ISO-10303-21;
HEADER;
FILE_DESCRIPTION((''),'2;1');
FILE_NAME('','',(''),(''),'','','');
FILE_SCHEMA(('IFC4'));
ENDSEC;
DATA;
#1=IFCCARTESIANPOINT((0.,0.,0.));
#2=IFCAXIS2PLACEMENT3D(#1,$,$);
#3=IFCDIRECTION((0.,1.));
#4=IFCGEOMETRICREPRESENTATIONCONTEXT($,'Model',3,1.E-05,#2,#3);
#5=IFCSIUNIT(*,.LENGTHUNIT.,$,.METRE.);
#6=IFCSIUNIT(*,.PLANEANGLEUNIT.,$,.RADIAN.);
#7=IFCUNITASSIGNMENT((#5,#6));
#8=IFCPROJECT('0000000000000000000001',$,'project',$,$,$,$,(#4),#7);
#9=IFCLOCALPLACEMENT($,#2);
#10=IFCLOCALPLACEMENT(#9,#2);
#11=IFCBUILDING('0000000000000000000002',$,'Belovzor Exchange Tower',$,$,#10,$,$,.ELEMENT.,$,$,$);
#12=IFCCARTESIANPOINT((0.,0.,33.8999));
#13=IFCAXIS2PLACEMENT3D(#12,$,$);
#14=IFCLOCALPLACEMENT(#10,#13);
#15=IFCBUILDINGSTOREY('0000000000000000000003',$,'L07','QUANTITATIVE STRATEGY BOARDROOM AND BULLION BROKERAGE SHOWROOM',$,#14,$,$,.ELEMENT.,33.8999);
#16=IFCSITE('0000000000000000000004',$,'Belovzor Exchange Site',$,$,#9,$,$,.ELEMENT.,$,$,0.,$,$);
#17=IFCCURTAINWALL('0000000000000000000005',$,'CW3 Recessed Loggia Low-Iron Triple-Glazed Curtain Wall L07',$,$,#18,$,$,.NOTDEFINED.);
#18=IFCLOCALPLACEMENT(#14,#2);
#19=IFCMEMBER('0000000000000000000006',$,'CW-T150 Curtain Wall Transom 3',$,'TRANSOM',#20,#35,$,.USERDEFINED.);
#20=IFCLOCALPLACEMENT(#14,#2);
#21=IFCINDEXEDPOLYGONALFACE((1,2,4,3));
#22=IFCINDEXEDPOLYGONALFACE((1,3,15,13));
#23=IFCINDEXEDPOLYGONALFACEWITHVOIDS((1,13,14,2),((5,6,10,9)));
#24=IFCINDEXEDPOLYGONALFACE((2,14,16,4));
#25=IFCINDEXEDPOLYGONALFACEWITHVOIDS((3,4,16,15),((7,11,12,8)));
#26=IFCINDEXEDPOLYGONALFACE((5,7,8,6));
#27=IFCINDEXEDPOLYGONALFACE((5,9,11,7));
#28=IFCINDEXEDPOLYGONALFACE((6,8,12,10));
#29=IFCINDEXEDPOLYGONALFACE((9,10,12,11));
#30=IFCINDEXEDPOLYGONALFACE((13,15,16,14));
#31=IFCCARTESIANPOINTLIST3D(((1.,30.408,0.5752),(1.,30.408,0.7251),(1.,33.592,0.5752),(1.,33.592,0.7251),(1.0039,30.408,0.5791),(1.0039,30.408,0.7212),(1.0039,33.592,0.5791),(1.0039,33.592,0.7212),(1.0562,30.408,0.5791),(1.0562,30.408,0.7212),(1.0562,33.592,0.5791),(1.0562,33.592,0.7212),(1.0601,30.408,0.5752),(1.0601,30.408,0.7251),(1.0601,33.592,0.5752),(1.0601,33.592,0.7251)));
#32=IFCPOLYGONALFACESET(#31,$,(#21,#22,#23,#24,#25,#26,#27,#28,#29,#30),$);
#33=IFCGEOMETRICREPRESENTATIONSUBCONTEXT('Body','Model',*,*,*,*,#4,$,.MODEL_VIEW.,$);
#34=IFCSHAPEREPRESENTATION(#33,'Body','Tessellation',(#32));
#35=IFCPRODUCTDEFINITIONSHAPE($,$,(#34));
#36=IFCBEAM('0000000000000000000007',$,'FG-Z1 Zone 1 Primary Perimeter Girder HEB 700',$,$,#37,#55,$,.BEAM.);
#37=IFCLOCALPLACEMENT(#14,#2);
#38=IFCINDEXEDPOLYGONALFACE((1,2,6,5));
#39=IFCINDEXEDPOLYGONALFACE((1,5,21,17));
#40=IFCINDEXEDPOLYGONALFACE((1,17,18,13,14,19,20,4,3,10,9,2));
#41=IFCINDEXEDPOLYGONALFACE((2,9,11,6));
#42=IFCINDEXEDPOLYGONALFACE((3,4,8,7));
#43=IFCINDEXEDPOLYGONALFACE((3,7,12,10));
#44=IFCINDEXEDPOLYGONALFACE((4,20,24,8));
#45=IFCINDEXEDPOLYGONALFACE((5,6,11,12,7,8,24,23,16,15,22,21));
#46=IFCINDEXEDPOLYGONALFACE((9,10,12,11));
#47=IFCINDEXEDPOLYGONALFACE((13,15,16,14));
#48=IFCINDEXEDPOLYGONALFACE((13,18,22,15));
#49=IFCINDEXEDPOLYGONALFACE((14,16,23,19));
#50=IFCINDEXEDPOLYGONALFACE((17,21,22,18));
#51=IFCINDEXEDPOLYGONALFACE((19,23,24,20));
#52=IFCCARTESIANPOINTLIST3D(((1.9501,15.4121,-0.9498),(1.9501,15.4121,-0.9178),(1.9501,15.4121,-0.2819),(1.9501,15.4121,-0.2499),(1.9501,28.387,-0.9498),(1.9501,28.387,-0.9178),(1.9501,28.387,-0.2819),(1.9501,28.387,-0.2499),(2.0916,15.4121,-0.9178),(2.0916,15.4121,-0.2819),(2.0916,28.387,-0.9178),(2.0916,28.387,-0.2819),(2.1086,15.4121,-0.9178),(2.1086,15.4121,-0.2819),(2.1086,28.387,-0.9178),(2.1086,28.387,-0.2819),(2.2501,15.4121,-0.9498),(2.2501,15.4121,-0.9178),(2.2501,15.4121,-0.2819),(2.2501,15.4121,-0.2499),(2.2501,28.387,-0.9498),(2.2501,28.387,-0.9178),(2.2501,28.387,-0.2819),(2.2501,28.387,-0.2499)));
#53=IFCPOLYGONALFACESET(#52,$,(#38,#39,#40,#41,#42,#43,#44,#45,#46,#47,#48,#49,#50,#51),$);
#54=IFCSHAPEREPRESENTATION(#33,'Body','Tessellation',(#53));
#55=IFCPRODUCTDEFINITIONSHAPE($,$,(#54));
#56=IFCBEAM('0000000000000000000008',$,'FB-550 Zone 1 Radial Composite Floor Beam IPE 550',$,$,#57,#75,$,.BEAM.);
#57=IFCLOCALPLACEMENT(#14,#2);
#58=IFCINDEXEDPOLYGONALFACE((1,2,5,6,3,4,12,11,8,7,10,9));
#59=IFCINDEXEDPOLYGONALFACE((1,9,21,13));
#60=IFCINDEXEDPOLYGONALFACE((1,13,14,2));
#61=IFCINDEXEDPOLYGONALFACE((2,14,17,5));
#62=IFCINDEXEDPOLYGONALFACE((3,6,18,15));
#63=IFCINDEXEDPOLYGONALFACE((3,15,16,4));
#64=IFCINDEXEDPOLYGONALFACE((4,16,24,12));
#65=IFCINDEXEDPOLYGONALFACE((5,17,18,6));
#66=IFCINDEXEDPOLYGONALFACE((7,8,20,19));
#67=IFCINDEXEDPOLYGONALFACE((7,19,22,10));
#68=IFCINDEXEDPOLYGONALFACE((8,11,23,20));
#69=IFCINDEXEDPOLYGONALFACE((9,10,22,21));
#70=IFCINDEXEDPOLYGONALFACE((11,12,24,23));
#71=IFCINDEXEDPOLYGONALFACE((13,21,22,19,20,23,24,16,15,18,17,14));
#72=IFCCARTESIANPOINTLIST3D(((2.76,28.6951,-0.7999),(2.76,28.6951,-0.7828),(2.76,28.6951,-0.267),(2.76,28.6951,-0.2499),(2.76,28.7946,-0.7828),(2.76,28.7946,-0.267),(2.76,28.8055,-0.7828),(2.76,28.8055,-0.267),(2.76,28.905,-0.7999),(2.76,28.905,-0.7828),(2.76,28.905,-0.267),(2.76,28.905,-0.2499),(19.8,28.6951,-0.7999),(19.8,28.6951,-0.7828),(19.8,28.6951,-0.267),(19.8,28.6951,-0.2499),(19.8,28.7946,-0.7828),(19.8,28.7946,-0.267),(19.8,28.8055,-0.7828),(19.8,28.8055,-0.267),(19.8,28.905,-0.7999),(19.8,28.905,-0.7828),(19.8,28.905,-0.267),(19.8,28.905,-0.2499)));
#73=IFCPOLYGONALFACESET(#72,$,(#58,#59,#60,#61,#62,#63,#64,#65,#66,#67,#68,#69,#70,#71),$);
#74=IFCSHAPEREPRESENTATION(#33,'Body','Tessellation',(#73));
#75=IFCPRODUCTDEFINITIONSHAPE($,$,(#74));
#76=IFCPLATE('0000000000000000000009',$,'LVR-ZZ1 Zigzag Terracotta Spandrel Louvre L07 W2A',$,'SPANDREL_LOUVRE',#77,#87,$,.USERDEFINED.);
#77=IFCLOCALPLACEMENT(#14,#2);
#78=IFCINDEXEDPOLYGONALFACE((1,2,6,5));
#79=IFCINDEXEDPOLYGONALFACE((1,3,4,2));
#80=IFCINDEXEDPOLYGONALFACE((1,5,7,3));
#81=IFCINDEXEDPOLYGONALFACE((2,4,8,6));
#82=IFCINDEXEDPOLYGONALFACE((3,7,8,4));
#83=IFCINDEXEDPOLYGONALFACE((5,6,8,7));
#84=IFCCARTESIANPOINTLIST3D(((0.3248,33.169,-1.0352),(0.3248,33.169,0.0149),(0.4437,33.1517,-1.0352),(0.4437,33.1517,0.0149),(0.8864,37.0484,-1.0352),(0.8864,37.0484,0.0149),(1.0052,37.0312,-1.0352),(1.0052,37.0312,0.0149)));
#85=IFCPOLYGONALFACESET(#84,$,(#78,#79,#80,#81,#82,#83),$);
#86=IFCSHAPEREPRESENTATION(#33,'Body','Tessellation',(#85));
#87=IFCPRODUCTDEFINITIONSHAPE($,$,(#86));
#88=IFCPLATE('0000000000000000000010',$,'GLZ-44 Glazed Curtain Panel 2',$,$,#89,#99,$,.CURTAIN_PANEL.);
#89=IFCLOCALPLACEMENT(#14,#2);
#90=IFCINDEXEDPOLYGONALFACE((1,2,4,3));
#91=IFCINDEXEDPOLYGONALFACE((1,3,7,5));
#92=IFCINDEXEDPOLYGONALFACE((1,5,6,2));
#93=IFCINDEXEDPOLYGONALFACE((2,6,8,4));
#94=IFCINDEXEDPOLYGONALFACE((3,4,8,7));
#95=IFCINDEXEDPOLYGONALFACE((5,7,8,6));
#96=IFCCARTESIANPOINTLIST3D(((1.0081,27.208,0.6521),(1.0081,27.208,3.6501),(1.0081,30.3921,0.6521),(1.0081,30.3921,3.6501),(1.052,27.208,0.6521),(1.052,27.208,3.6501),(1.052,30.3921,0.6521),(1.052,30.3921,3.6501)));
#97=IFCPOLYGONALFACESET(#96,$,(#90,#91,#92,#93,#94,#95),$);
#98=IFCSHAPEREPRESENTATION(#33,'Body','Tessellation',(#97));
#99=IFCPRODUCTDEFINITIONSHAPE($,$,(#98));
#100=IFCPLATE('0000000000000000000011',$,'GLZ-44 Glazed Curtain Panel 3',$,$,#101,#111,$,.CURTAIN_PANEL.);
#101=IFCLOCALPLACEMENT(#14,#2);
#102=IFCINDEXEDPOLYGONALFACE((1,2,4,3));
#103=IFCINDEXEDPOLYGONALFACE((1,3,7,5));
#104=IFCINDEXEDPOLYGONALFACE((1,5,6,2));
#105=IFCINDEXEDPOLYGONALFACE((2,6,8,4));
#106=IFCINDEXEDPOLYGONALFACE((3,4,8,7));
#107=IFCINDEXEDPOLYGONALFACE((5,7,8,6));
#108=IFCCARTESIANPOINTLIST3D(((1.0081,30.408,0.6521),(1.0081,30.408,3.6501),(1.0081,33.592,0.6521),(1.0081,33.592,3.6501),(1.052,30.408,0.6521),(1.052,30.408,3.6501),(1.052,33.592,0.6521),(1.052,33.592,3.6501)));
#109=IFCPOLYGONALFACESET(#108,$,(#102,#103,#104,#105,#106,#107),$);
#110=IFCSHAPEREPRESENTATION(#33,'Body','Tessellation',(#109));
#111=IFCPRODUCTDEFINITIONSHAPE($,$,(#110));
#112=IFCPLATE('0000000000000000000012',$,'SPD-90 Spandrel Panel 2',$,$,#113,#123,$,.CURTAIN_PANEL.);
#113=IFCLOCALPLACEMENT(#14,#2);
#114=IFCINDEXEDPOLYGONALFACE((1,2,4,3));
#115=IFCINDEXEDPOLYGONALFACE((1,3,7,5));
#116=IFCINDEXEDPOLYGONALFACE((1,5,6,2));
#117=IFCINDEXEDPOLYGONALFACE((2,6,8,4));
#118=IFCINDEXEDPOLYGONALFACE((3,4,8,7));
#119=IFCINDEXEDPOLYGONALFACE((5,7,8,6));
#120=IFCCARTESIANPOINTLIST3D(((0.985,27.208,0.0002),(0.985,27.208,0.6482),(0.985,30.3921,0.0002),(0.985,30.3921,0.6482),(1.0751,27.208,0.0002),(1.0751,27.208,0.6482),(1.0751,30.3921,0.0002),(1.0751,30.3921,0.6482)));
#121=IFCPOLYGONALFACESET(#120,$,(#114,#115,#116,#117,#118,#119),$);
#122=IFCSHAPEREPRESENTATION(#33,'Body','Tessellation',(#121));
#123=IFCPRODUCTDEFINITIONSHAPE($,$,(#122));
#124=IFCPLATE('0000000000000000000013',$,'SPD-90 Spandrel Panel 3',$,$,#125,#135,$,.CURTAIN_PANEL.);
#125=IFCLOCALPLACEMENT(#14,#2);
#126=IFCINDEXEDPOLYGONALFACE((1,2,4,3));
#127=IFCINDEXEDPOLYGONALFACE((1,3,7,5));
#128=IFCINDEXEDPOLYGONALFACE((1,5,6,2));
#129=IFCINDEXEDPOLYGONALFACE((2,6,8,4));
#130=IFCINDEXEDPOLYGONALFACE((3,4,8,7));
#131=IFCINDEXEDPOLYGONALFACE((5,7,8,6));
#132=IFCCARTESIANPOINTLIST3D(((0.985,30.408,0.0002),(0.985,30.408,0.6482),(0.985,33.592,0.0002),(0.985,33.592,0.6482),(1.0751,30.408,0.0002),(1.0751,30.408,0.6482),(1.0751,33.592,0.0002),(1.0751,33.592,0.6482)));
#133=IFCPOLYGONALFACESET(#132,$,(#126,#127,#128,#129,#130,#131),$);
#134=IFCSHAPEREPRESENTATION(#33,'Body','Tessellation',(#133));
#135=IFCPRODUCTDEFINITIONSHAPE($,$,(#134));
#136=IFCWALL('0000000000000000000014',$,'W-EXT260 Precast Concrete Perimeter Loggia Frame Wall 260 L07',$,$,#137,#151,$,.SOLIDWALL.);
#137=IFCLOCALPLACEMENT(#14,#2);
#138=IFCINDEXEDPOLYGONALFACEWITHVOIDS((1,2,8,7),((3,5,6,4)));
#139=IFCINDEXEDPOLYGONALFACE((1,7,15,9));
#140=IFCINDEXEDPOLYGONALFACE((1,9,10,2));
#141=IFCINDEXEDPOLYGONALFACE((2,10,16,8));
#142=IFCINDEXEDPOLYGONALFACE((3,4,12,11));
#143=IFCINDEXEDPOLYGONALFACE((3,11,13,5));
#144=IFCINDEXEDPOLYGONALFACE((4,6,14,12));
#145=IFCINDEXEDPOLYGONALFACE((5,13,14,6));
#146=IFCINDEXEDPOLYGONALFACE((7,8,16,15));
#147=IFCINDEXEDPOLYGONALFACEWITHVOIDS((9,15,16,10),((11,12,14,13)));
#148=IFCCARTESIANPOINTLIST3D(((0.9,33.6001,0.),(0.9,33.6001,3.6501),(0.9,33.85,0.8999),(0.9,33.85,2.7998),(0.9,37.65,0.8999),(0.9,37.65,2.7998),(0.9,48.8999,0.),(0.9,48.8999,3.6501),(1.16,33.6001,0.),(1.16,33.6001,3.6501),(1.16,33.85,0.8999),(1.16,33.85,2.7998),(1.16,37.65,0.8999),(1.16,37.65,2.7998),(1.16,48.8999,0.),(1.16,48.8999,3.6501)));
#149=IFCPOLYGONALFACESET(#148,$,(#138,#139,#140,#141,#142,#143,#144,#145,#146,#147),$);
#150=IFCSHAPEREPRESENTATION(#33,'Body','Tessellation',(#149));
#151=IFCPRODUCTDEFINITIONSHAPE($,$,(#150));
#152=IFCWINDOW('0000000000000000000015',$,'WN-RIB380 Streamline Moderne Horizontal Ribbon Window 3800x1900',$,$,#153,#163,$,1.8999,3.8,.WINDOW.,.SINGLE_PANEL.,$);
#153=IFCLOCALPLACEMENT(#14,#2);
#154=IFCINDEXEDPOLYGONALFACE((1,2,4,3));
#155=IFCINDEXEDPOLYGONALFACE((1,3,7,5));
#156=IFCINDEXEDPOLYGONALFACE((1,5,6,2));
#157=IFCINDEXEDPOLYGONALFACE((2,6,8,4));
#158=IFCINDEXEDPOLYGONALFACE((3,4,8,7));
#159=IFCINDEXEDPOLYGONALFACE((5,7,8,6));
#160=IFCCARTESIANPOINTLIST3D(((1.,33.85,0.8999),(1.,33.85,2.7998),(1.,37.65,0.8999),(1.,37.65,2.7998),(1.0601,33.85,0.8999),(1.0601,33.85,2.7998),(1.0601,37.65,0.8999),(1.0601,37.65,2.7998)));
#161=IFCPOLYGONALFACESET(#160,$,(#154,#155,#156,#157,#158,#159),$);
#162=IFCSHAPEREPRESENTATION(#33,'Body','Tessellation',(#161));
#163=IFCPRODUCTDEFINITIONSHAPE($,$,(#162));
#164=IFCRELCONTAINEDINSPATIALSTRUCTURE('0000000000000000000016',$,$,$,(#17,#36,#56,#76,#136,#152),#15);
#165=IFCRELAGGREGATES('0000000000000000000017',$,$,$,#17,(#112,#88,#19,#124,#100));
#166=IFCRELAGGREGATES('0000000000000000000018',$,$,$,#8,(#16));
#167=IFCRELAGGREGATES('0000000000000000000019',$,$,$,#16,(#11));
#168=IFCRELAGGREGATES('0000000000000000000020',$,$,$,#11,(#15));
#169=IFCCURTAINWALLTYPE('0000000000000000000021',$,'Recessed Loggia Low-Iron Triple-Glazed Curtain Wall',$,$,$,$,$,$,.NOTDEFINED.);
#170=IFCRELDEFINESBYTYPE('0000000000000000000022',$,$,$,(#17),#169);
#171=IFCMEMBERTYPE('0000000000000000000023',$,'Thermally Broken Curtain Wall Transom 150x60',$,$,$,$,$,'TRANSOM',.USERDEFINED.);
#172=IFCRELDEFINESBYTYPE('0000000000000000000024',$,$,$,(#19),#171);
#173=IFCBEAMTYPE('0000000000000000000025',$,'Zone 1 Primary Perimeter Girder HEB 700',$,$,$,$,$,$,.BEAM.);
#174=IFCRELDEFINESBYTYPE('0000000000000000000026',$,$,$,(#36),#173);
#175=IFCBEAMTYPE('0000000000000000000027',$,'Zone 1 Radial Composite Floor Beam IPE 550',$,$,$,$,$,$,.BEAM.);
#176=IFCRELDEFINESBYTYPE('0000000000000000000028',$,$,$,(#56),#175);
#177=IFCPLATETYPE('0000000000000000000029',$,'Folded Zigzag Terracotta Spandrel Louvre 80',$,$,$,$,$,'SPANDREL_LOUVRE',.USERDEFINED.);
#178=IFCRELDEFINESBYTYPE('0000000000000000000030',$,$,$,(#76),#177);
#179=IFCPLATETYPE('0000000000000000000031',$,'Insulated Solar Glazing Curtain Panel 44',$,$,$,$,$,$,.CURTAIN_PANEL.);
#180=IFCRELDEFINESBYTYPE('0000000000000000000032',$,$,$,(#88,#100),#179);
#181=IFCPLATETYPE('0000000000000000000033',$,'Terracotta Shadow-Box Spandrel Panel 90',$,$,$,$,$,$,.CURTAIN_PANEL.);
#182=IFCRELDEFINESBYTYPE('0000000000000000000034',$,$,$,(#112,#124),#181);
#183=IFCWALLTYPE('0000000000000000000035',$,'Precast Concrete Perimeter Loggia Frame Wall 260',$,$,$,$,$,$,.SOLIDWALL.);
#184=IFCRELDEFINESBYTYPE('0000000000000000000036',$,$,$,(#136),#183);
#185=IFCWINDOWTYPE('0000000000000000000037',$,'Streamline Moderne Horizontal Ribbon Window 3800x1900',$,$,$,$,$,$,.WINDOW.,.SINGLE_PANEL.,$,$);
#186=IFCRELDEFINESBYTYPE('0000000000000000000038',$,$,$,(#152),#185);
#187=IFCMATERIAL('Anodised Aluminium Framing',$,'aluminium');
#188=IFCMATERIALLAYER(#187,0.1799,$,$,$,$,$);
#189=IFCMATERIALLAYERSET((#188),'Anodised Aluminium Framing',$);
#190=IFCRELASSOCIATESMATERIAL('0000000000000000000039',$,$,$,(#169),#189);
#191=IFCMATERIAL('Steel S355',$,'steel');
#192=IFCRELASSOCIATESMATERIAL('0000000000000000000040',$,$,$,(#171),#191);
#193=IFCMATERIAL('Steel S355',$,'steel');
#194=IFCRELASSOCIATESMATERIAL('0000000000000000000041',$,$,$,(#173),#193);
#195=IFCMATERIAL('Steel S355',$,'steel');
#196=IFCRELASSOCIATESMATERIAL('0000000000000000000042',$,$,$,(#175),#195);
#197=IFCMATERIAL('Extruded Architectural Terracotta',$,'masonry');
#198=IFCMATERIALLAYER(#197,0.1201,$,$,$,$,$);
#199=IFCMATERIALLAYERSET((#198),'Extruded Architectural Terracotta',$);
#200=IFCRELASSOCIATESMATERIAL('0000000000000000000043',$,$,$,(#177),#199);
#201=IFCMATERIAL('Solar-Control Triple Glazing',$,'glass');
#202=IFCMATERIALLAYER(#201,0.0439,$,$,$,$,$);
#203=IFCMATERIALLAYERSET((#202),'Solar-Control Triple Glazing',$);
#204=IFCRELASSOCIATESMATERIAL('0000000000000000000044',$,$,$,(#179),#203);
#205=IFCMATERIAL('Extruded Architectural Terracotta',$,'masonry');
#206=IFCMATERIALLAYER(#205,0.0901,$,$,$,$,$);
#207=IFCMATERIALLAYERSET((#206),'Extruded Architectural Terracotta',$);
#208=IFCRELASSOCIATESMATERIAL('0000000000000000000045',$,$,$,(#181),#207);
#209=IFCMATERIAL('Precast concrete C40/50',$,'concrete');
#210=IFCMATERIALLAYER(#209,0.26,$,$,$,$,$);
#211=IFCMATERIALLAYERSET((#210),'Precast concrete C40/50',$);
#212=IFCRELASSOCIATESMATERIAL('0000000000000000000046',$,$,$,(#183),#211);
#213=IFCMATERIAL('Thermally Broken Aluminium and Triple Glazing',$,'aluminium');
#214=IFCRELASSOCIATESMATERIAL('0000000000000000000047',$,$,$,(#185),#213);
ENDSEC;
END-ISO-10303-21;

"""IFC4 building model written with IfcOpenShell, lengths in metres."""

from ifc_helpers import new_model, si_unit, direction, frame, frame_2d, origin, origin_2d, place, context, subcontext, project, spatial, rectangle, hollow_rectangle, i_section, extrude, material, layer, layer_set, material_profile, profile_set, type_object, element, fill, aggregate, save


model = new_model("IFC4")

# Units and contexts
model_context = context("Model", 3, precision=1e-05, world=origin(), true_north=direction((0.0, 1.0)))
body_context = subcontext(model_context, "Body", "Model", "MODEL_VIEW")
ifc_project = project(units=[si_unit("LENGTHUNIT", "METRE"), si_unit("PLANEANGLEUNIT", "RADIAN")], contexts=[model_context])

# Site, building, storey
site_placement = place(None, origin())
site = spatial("IfcSite", under=ifc_project, at=site_placement, Name="Belovzor Exchange Site", CompositionType="ELEMENT", RefElevation=0.0)
building_placement = place(site_placement, origin())
building = spatial("IfcBuilding", under=site, at=building_placement, Name="Belovzor Exchange Tower", CompositionType="ELEMENT")
storey_placement = place(building_placement, frame((0.0, 0.0, 33.8999)))
storey = spatial("IfcBuildingStorey", under=building, at=storey_placement, Name="L07", Description="QUANTITATIVE STRATEGY BOARDROOM AND BULLION BROKERAGE SHOWROOM", CompositionType="ELEMENT", Elevation=33.8999)

# Curtain wall, member
ifc_material_1 = material(Name="Anodised Aluminium Framing", Category="aluminium")
ifc_layer_1 = layer(ifc_material_1, 0.1799)
ifc_layer_set_1 = layer_set([ifc_layer_1], Name="Anodised Aluminium Framing")
curtain_wall_type = type_object("IfcCurtainWallType", Name="Recessed Loggia Low-Iron Triple-Glazed Curtain Wall", PredefinedType="NOTDEFINED", material=ifc_layer_set_1)
curtain_wall_placement = place(storey_placement, origin())
curtain_wall = element("IfcCurtainWall", 1, at=curtain_wall_placement, inside=storey, type_object=curtain_wall_type, Name="CW3 Recessed Loggia Low-Iron Triple-Glazed Curtain Wall L07", PredefinedType="NOTDEFINED")
ifc_material_2 = material(Name="Steel S355", Category="steel")
ifc_material_profile_1 = material_profile(ifc_material_2, hollow_rectangle(XDim=0.0601, YDim=0.1499, WallThickness=0.0039, at=origin_2d()))
ifc_profile_set_1 = profile_set([ifc_material_profile_1], Name="Steel S355")
member_type_1 = type_object("IfcMemberType", Name="Thermally Broken Curtain Wall Transom 150x60", ElementType="TRANSOM", PredefinedType="USERDEFINED", material=ifc_profile_set_1)
member_1_placement = place(storey_placement, frame((1.03, 30.408, 0.6501), z_axis=(0.0, 1.0, 0.0), x_axis=(-1.0, 0.0, 0.0)))
member_1 = element("IfcMember", 2, at=member_1_placement, type_object=member_type_1, Name="CW-T150 Curtain Wall Transom 3", ObjectType="TRANSOM", PredefinedType="USERDEFINED", context=body_context, shape_type="SweptSolid", body=[
    extrude(hollow_rectangle(XDim=0.0601, YDim=0.1499, WallThickness=0.0039, at=origin_2d()), origin(), (0.0, 0.0, 1.0), 3.1841),
])

# Beams
ifc_material_3 = material(Name="Steel S355", Category="steel")
ifc_material_profile_2 = material_profile(ifc_material_3, i_section(OverallWidth=0.3, OverallDepth=0.7, WebThickness=0.0171, FlangeThickness=0.032, at=origin_2d()))
ifc_profile_set_2 = profile_set([ifc_material_profile_2], Name="Steel S355")
beam_type_1 = type_object("IfcBeamType", Name="Zone 1 Primary Perimeter Girder HEB 700", PredefinedType="BEAM", material=ifc_profile_set_2)
beam_1_placement = place(storey_placement, frame((2.1001, 28.387, -0.5999), z_axis=(0.0, -1.0, 0.0), x_axis=(1.0, 0.0, 0.0)))
element("IfcBeam", 3, at=beam_1_placement, inside=storey, type_object=beam_type_1, Name="FG-Z1 Zone 1 Primary Perimeter Girder HEB 700", PredefinedType="BEAM", context=body_context, shape_type="SweptSolid", body=[
    extrude(i_section(OverallWidth=0.3, OverallDepth=0.7, WebThickness=0.0171, FlangeThickness=0.032, at=origin_2d()), origin(), (0.0, 0.0, 1.0), 12.9749),
])
ifc_material_4 = material(Name="Steel S355", Category="steel")
ifc_material_profile_3 = material_profile(ifc_material_4, i_section(OverallWidth=0.21, OverallDepth=0.55, WebThickness=0.011, FlangeThickness=0.0171, at=origin_2d()))
ifc_profile_set_3 = profile_set([ifc_material_profile_3], Name="Steel S355")
beam_type_2 = type_object("IfcBeamType", Name="Zone 1 Radial Composite Floor Beam IPE 550", PredefinedType="BEAM", material=ifc_profile_set_3)
beam_2_placement = place(storey_placement, frame((19.8, 28.8, -0.5249), z_axis=(-1.0, 0.0, 0.0), x_axis=(0.0, -1.0, 0.0)))
element("IfcBeam", 4, at=beam_2_placement, inside=storey, type_object=beam_type_2, Name="FB-550 Zone 1 Radial Composite Floor Beam IPE 550", PredefinedType="BEAM", context=body_context, shape_type="SweptSolid", body=[
    extrude(i_section(OverallWidth=0.21, OverallDepth=0.55, WebThickness=0.011, FlangeThickness=0.0171, at=origin_2d()), origin(), (0.0, 0.0, 1.0), 17.04),
])

# Plates
ifc_material_5 = material(Name="Extruded Architectural Terracotta", Category="masonry")
ifc_layer_2 = layer(ifc_material_5, 0.1201)
ifc_layer_set_2 = layer_set([ifc_layer_2], Name="Extruded Architectural Terracotta")
plate_type_1 = type_object("IfcPlateType", Name="Folded Zigzag Terracotta Spandrel Louvre 80", ElementType="SPANDREL_LOUVRE", PredefinedType="USERDEFINED", material=ifc_layer_set_2)
plate_1_placement = place(storey_placement, frame((0.665, 35.1001, -1.0352), z_axis=(0.0, 0.0, 1.0), x_axis=(0.143251, 0.989686, 0.0)))
element("IfcPlate", 5, at=plate_1_placement, inside=storey, type_object=plate_type_1, Name="LVR-ZZ1 Zigzag Terracotta Spandrel Louvre L07 W2A", ObjectType="SPANDREL_LOUVRE", PredefinedType="USERDEFINED", context=body_context, shape_type="SweptSolid", body=[
    extrude(rectangle(XDim=3.9199, YDim=0.1201, at=origin_2d()), origin(), (0.0, 0.0, 1.0), 1.05),
])
ifc_material_6 = material(Name="Solar-Control Triple Glazing", Category="glass")
ifc_layer_3 = layer(ifc_material_6, 0.0439)
ifc_layer_set_3 = layer_set([ifc_layer_3], Name="Solar-Control Triple Glazing")
plate_type_2 = type_object("IfcPlateType", Name="Insulated Solar Glazing Curtain Panel 44", PredefinedType="CURTAIN_PANEL", material=ifc_layer_set_3)
plate_2_placement = place(storey_placement, frame((1.03, 28.8, 0.6521), z_axis=(0.0, 0.0, 1.0), x_axis=(0.0, 1.0, 0.0)))
plate_2 = element("IfcPlate", 6, at=plate_2_placement, type_object=plate_type_2, Name="GLZ-44 Glazed Curtain Panel 2", PredefinedType="CURTAIN_PANEL", context=body_context, shape_type="SweptSolid", body=[
    extrude(rectangle(XDim=3.1841, YDim=0.0439, at=origin_2d()), origin(), (0.0, 0.0, 1.0), 2.998),
])
plate_3_placement = place(storey_placement, frame((1.03, 32.0, 0.6521), z_axis=(0.0, 0.0, 1.0), x_axis=(0.0, 1.0, 0.0)))
plate_3 = element("IfcPlate", 7, at=plate_3_placement, type_object=plate_type_2, Name="GLZ-44 Glazed Curtain Panel 3", PredefinedType="CURTAIN_PANEL", context=body_context, shape_type="SweptSolid", body=[
    extrude(rectangle(XDim=3.1841, YDim=0.0439, at=origin_2d()), origin(), (0.0, 0.0, 1.0), 2.998),
])
ifc_material_7 = material(Name="Extruded Architectural Terracotta", Category="masonry")
ifc_layer_4 = layer(ifc_material_7, 0.0901)
ifc_layer_set_4 = layer_set([ifc_layer_4], Name="Extruded Architectural Terracotta")
plate_type_3 = type_object("IfcPlateType", Name="Terracotta Shadow-Box Spandrel Panel 90", PredefinedType="CURTAIN_PANEL", material=ifc_layer_set_4)
plate_4_placement = place(storey_placement, frame((1.03, 28.8, 0.0002), z_axis=(0.0, 0.0, 1.0), x_axis=(0.0, 1.0, 0.0)))
plate_4 = element("IfcPlate", 8, at=plate_4_placement, type_object=plate_type_3, Name="SPD-90 Spandrel Panel 2", PredefinedType="CURTAIN_PANEL", context=body_context, shape_type="SweptSolid", body=[
    extrude(rectangle(XDim=3.1841, YDim=0.0901, at=origin_2d()), origin(), (0.0, 0.0, 1.0), 0.6479),
])
plate_5_placement = place(storey_placement, frame((1.03, 32.0, 0.0002), z_axis=(0.0, 0.0, 1.0), x_axis=(0.0, 1.0, 0.0)))
plate_5 = element("IfcPlate", 9, at=plate_5_placement, type_object=plate_type_3, Name="SPD-90 Spandrel Panel 3", PredefinedType="CURTAIN_PANEL", context=body_context, shape_type="SweptSolid", body=[
    extrude(rectangle(XDim=3.1841, YDim=0.0901, at=origin_2d()), origin(), (0.0, 0.0, 1.0), 0.6479),
])
aggregate(curtain_wall, [plate_4, plate_2, member_1, plate_5, plate_3])

# Wall, opening, window
ifc_material_8 = material(Name="Precast concrete C40/50", Category="concrete")
ifc_layer_5 = layer(ifc_material_8, 0.26)
ifc_layer_set_5 = layer_set([ifc_layer_5], Name="Precast concrete C40/50")
wall_type = type_object("IfcWallType", Name="Precast Concrete Perimeter Loggia Frame Wall 260", PredefinedType="SOLIDWALL", material=ifc_layer_set_5)
wall_placement = place(storey_placement, frame((1.03, 33.6001, 0.0), z_axis=(0.0, 0.0, 1.0), x_axis=(0.0, 1.0, 0.0)))
wall = element("IfcWall", 10, at=wall_placement, inside=storey, type_object=wall_type, Name="W-EXT260 Precast Concrete Perimeter Loggia Frame Wall 260 L07", PredefinedType="SOLIDWALL", context=body_context, shape_type="SweptSolid", body=[
    extrude(rectangle(XDim=15.2998, YDim=0.26, at=frame_2d((7.6499, 0.0))), origin(), (0.0, 0.0, 1.0), 3.6501),
])
opening_placement = place(wall_placement, frame((0.25, 0.0, 0.8999)))
opening = element("IfcOpeningElement", 11, at=opening_placement, cuts=wall, PredefinedType="OPENING", context=body_context, shape_type="SweptSolid", body=[
    extrude(rectangle(XDim=3.8, YDim=1.8999, at=frame_2d((1.8999, 0.95))), frame((0.0, 0.1399, 0.0), z_axis=(0.0, -1.0, 0.0), x_axis=(1.0, 0.0, 0.0)), (0.0, 0.0, 1.0), 0.28),
])
ifc_material_9 = material(Name="Thermally Broken Aluminium and Triple Glazing", Category="aluminium")
window_type = type_object("IfcWindowType", Name="Streamline Moderne Horizontal Ribbon Window 3800x1900", PartitioningType="SINGLE_PANEL", PredefinedType="WINDOW", material=ifc_material_9)
window_placement = place(opening_placement, origin())
window = element("IfcWindow", 12, at=window_placement, inside=storey, type_object=window_type, Name="WN-RIB380 Streamline Moderne Horizontal Ribbon Window 3800x1900", OverallHeight=1.8999, OverallWidth=3.8, PartitioningType="SINGLE_PANEL", PredefinedType="WINDOW", context=body_context, shape_type="SweptSolid", body=[
    extrude(rectangle(XDim=3.8, YDim=1.8999, at=frame_2d((1.8999, 0.95))), frame((0.0, 0.03, 0.0), z_axis=(0.0, -1.0, 0.0), x_axis=(1.0, 0.0, 0.0)), (0.0, 0.0, 1.0), 0.0601),
])
fill(opening, window)

save(model, "model.ifc")
